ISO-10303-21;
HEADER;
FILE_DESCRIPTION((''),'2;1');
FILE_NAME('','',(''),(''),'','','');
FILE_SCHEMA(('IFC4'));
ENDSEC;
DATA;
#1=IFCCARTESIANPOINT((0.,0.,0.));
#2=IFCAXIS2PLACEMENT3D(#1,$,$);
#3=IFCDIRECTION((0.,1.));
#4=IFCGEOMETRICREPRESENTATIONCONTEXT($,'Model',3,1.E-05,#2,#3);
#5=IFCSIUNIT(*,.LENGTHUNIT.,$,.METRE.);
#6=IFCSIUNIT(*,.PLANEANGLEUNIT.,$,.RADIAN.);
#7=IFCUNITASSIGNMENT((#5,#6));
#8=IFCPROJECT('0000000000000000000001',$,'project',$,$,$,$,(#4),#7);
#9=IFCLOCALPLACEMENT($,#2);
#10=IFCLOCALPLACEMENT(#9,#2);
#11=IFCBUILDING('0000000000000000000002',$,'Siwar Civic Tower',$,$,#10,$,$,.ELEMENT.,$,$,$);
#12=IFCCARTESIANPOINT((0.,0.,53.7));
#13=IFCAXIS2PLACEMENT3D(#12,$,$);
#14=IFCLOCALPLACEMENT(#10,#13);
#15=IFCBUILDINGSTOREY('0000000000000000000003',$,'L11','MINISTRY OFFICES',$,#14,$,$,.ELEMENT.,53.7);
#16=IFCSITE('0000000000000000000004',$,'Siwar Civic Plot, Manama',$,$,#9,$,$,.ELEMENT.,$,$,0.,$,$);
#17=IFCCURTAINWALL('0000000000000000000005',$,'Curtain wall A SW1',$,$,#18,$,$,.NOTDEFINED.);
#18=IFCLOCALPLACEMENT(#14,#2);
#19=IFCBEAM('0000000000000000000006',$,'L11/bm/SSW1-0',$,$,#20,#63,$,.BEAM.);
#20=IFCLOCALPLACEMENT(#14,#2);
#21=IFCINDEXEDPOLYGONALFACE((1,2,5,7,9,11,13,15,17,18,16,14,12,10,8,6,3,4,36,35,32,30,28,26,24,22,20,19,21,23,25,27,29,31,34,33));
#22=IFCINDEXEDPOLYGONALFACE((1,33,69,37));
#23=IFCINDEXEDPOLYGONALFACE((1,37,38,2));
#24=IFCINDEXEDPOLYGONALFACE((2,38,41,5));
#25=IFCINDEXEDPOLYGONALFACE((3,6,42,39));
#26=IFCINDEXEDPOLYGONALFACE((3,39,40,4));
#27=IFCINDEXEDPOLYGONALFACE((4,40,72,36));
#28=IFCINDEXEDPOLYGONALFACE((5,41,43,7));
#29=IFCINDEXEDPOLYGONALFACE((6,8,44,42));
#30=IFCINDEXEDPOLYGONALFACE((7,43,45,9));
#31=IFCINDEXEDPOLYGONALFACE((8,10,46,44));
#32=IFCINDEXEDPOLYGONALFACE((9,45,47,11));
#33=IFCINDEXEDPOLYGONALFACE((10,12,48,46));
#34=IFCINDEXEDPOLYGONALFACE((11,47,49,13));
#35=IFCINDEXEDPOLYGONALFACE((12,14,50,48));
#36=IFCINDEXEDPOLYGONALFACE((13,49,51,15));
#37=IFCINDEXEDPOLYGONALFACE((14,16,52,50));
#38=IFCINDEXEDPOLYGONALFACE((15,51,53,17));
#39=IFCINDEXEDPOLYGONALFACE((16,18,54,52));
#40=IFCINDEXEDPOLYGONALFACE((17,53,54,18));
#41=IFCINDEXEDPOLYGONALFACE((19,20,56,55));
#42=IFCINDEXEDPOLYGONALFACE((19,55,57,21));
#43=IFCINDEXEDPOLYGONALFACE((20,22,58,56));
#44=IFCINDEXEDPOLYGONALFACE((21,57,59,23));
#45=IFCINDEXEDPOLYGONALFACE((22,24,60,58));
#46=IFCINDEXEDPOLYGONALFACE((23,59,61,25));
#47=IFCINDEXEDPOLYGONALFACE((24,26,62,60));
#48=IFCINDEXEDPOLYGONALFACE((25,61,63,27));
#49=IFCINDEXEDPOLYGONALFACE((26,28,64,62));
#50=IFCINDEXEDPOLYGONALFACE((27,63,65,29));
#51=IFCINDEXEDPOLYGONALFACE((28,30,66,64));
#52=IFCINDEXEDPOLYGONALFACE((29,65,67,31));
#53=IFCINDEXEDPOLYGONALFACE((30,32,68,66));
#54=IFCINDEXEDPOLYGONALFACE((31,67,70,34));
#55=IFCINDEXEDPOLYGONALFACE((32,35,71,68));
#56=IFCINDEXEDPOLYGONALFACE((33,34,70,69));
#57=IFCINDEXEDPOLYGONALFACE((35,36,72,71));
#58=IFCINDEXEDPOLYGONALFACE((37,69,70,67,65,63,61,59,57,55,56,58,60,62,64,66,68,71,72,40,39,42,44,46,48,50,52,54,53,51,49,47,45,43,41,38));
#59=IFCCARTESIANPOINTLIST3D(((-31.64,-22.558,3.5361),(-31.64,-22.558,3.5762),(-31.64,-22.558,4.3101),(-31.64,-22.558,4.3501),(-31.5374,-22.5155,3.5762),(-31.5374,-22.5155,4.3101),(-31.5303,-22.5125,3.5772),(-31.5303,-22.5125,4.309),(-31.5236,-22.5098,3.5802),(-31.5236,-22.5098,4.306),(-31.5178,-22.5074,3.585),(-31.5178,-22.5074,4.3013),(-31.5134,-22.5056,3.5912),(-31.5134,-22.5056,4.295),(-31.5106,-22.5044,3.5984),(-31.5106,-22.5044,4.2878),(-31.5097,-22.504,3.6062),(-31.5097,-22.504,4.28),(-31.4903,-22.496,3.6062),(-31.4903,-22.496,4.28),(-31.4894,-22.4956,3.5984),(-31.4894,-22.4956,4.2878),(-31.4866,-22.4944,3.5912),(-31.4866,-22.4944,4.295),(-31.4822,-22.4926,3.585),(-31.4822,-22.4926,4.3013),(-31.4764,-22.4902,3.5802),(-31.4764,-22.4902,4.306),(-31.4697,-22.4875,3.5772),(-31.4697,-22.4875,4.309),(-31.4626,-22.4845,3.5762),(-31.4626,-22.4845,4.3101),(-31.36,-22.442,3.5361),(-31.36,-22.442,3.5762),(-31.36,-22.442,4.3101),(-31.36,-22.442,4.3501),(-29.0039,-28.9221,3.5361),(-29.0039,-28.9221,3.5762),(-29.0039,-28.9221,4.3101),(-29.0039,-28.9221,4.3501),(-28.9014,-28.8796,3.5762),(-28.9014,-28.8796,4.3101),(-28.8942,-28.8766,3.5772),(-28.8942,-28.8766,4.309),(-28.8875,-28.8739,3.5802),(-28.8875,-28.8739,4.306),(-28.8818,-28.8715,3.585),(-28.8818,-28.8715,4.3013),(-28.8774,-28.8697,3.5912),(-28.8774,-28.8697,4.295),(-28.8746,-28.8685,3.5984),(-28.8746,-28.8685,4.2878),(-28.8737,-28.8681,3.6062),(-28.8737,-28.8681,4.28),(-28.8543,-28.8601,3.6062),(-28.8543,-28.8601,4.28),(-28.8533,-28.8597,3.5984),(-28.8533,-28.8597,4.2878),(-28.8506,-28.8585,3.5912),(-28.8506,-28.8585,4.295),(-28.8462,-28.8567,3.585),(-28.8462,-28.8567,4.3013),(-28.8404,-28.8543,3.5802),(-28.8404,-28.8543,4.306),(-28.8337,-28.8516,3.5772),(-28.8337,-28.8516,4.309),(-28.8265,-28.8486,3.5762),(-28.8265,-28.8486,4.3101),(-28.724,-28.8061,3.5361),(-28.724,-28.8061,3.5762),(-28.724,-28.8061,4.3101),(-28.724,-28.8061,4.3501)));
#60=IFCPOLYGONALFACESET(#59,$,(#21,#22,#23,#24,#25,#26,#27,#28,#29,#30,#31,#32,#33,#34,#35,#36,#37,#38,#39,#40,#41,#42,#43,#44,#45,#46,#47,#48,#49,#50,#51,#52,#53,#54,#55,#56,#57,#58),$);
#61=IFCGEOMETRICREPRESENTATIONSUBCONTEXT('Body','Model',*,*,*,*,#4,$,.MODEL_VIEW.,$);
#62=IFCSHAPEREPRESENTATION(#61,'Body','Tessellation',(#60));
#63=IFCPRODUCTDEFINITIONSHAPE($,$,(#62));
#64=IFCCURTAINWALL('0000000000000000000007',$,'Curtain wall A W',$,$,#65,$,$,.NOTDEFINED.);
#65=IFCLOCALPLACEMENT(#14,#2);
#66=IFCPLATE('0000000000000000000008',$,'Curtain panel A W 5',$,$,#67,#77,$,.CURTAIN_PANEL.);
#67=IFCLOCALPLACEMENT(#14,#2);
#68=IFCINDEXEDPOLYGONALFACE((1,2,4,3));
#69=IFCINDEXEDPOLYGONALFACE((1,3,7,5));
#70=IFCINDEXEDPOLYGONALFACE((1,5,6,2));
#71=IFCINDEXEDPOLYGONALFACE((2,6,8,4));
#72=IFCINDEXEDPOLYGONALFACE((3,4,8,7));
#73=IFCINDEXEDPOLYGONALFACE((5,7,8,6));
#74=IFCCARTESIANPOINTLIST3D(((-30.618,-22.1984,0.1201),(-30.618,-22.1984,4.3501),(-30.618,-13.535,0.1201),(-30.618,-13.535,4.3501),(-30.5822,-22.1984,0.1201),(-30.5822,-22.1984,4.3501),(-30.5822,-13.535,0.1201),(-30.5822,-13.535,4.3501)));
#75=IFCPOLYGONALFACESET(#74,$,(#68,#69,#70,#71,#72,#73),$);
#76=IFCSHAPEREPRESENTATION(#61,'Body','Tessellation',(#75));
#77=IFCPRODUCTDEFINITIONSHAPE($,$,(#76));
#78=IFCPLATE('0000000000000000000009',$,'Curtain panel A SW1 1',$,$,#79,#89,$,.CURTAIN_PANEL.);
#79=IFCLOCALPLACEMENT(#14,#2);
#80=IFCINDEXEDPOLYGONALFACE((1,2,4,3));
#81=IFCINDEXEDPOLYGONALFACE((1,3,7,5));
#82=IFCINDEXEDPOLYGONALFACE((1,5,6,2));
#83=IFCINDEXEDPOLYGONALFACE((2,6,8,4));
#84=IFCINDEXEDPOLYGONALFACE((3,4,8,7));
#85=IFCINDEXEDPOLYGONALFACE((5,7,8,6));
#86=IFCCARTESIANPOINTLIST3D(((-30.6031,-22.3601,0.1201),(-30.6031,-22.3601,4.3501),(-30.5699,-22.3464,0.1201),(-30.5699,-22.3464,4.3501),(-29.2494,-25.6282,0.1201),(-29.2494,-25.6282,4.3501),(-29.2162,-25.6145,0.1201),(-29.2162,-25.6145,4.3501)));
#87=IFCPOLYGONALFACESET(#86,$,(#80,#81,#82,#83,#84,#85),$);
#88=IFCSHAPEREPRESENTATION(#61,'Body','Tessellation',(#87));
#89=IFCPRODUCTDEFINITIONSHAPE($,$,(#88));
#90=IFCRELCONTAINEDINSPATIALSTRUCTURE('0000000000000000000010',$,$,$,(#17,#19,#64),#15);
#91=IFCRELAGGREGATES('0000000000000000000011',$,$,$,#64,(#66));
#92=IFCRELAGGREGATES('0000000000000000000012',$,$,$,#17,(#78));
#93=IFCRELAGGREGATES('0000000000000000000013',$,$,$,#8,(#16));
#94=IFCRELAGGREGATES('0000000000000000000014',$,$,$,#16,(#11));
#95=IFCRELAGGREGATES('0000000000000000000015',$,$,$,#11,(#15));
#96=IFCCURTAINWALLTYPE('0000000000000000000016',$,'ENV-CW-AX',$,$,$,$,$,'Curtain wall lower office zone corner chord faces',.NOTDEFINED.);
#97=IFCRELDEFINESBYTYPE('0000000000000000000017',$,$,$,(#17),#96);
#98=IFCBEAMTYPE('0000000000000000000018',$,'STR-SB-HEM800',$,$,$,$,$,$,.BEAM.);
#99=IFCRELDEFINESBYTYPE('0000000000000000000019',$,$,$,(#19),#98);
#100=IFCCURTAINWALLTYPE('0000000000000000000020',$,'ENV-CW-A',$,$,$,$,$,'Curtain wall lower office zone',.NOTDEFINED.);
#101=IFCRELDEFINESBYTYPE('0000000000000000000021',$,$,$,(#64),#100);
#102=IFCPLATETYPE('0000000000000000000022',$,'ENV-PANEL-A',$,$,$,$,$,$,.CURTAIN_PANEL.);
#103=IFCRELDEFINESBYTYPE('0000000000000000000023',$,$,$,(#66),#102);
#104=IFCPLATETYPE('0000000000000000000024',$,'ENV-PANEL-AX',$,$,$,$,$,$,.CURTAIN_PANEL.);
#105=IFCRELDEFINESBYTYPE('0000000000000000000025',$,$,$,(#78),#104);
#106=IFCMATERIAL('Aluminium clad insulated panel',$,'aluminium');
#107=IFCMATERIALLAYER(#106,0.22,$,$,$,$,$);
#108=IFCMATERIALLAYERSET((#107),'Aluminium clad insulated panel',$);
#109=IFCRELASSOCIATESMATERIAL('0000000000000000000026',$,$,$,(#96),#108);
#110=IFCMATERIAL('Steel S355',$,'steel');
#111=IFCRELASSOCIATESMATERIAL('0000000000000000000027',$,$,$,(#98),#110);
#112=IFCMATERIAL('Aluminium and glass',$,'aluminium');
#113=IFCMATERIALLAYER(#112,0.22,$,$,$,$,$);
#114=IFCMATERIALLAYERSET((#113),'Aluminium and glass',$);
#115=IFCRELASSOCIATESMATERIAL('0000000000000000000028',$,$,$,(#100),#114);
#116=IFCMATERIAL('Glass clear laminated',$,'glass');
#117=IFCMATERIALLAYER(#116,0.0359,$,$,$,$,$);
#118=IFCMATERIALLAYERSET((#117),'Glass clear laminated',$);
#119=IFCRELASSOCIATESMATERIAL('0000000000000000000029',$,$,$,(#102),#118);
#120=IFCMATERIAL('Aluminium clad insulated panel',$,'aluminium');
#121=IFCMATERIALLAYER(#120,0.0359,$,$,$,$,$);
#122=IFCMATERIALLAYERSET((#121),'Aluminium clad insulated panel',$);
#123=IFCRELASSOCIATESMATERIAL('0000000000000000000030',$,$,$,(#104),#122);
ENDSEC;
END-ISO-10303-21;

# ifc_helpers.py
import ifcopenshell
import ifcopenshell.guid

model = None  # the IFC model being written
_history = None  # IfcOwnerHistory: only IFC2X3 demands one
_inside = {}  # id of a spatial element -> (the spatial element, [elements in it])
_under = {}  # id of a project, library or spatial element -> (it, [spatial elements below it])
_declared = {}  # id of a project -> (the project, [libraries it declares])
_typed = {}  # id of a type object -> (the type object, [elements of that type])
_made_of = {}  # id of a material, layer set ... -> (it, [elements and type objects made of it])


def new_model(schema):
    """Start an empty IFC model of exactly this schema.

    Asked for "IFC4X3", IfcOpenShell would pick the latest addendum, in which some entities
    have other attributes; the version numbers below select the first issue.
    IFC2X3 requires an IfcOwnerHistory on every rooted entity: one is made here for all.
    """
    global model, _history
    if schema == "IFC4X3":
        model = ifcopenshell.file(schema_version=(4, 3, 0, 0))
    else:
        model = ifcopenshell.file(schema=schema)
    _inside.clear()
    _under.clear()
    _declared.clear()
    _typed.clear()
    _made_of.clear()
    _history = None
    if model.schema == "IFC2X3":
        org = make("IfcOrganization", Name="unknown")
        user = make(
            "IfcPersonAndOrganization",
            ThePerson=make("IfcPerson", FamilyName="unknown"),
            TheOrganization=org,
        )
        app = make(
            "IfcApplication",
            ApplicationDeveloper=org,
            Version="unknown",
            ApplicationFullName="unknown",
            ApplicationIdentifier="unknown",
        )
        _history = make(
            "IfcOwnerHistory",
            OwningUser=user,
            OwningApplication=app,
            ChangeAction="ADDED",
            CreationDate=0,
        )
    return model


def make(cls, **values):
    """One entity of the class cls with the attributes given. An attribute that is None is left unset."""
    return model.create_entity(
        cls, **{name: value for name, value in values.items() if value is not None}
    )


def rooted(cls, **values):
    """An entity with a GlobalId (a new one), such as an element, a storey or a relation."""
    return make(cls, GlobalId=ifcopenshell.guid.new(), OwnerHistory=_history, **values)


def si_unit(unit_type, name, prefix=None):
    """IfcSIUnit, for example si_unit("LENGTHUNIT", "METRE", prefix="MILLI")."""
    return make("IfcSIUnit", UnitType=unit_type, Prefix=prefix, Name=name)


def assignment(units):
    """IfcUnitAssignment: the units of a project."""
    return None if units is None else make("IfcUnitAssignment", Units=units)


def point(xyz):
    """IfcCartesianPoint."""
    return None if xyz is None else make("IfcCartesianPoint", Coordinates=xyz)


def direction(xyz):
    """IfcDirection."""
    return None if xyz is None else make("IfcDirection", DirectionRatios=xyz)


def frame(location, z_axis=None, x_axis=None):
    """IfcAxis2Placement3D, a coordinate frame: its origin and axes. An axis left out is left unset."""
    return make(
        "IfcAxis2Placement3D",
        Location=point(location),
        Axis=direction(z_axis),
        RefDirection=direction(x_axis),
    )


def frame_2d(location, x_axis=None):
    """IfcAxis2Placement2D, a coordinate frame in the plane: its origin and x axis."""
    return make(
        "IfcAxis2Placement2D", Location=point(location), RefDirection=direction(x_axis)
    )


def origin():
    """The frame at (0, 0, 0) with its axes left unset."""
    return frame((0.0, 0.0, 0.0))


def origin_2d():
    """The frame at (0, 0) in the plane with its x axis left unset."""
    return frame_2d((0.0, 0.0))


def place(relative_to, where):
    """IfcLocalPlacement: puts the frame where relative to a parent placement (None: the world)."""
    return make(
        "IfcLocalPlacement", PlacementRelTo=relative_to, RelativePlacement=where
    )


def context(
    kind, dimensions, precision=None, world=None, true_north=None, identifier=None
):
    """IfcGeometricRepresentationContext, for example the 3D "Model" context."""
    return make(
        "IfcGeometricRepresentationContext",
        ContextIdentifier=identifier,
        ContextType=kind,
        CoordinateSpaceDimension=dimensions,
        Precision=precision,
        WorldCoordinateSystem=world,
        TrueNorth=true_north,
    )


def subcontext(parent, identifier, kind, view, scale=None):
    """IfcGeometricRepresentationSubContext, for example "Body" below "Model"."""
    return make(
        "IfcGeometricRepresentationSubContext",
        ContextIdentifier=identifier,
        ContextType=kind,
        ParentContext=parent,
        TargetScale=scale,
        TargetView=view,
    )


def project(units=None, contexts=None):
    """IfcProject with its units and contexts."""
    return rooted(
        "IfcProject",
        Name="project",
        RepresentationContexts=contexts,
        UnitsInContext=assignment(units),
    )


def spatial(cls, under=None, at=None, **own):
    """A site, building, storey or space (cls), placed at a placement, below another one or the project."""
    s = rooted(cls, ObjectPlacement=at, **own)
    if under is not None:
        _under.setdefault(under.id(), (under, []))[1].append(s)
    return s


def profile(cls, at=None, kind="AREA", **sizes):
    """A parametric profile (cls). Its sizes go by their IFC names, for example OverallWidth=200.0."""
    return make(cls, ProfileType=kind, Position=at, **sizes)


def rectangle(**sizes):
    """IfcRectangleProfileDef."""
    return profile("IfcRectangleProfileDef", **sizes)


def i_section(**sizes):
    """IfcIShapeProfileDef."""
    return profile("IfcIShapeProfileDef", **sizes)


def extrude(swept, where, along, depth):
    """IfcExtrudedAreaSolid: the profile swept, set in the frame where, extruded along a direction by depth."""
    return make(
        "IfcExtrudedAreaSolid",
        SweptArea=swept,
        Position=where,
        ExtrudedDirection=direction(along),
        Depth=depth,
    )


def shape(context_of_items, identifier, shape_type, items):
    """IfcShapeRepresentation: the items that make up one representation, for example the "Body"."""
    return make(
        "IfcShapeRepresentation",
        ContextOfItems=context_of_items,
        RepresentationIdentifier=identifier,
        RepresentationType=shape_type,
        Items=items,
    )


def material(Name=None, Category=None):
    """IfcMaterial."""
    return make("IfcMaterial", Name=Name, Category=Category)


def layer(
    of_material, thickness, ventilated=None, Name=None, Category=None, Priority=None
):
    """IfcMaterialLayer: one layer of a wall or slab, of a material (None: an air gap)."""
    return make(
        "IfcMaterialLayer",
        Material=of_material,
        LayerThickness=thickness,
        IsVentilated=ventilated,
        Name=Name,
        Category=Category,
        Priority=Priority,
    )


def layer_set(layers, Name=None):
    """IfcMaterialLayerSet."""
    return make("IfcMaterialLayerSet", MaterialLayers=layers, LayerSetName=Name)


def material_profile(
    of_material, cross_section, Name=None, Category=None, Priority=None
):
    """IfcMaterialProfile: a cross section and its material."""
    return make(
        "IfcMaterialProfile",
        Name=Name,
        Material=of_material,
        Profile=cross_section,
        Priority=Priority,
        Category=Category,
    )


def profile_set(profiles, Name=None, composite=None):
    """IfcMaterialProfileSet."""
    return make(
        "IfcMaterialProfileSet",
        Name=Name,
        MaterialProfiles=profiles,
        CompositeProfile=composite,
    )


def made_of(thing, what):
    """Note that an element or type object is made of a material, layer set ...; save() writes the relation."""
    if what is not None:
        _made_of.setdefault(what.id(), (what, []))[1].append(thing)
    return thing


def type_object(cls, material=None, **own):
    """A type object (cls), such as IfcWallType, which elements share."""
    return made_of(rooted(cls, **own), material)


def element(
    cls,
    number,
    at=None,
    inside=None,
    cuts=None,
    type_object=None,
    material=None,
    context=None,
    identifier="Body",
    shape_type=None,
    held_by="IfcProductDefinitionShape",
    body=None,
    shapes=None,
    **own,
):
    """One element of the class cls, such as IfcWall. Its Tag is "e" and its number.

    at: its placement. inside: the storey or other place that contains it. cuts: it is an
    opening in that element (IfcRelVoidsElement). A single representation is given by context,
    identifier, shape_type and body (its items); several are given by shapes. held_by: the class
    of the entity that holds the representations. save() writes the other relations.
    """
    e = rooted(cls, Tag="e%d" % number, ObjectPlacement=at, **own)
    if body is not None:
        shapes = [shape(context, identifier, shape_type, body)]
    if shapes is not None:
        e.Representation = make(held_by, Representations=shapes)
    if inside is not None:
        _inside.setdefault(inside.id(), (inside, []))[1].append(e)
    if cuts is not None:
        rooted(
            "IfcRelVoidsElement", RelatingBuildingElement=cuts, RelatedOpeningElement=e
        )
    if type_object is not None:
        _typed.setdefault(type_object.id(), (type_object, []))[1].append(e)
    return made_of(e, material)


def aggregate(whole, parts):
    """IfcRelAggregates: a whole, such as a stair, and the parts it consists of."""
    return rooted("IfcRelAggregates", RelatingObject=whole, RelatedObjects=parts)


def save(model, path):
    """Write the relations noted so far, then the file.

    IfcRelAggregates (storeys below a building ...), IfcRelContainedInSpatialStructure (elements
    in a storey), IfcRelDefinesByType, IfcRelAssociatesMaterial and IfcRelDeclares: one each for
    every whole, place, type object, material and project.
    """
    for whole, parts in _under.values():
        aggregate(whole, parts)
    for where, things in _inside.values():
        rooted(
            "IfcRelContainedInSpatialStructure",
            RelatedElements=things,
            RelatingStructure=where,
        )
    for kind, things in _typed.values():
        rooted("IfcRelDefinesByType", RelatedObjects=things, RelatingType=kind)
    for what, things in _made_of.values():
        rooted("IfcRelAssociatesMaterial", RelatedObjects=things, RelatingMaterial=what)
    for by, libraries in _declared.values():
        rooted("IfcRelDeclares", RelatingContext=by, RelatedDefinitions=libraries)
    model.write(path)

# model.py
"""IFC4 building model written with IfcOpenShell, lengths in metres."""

from ifc_helpers import new_model, si_unit, direction, frame, origin, origin_2d, place, context, subcontext, project, spatial, rectangle, i_section, extrude, material, layer, layer_set, material_profile, profile_set, type_object, element, aggregate, save


model = new_model("IFC4")

# Units and contexts
model_context = context("Model", 3, precision=1e-05, world=origin(), true_north=direction((0.0, 1.0)))
body_context = subcontext(model_context, "Body", "Model", "MODEL_VIEW")
ifc_project = project(units=[si_unit("LENGTHUNIT", "METRE"), si_unit("PLANEANGLEUNIT", "RADIAN")], contexts=[model_context])

# Site, building, storey
site_placement = place(None, origin())
site = spatial("IfcSite", under=ifc_project, at=site_placement, Name="Siwar Civic Plot, Manama", CompositionType="ELEMENT", RefElevation=0.0)
building_placement = place(site_placement, origin())
building = spatial("IfcBuilding", under=site, at=building_placement, Name="Siwar Civic Tower", CompositionType="ELEMENT")
storey_placement = place(building_placement, frame((0.0, 0.0, 53.7)))
storey = spatial("IfcBuildingStorey", under=building, at=storey_placement, Name="L11", Description="MINISTRY OFFICES", CompositionType="ELEMENT", Elevation=53.7)

# Curtain wall
ifc_material_1 = material(Name="Aluminium clad insulated panel", Category="aluminium")
ifc_layer_1 = layer(ifc_material_1, 0.22)
ifc_layer_set_1 = layer_set([ifc_layer_1], Name="Aluminium clad insulated panel")
curtain_wall_type_1 = type_object("IfcCurtainWallType", Name="ENV-CW-AX", ElementType="Curtain wall lower office zone corner chord faces", PredefinedType="NOTDEFINED", material=ifc_layer_set_1)
curtain_wall_1_placement = place(storey_placement, origin())
curtain_wall_1 = element("IfcCurtainWall", 1, at=curtain_wall_1_placement, inside=storey, type_object=curtain_wall_type_1, Name="Curtain wall A SW1", PredefinedType="NOTDEFINED")

# Beam
ifc_material_2 = material(Name="Steel S355", Category="steel")
ifc_material_profile_1 = material_profile(ifc_material_2, i_section(OverallWidth=0.303, OverallDepth=0.814, WebThickness=0.021, FlangeThickness=0.04, FilletRadius=0.03, at=origin_2d()), Name="HEM800")
ifc_profile_set_1 = profile_set([ifc_material_profile_1], Name="Steel S355")
beam_type_1 = type_object("IfcBeamType", Name="STR-SB-HEM800", PredefinedType="BEAM", material=ifc_profile_set_1)
beam_1_placement = place(storey_placement, frame((-31.5, -22.5, 3.9431), z_axis=(0.382674, -0.923883, 0.0), x_axis=(0.923883, 0.382674, 0.0)))
element("IfcBeam", 2, at=beam_1_placement, inside=storey, type_object=beam_type_1, Name="L11/bm/SSW1-0", PredefinedType="BEAM", context=body_context, shape_type="SweptSolid", body=[
    extrude(i_section(OverallWidth=0.303, OverallDepth=0.814, WebThickness=0.021, FlangeThickness=0.04, FilletRadius=0.03, at=origin_2d()), origin(), (0.0, 0.0, 1.0), 6.8884),
])

# Curtain wall, plate
ifc_material_3 = material(Name="Aluminium and glass", Category="aluminium")
ifc_layer_2 = layer(ifc_material_3, 0.22)
ifc_layer_set_2 = layer_set([ifc_layer_2], Name="Aluminium and glass")
curtain_wall_type_2 = type_object("IfcCurtainWallType", Name="ENV-CW-A", ElementType="Curtain wall lower office zone", PredefinedType="NOTDEFINED", material=ifc_layer_set_2)
curtain_wall_2_placement = place(storey_placement, origin())
curtain_wall_2 = element("IfcCurtainWall", 3, at=curtain_wall_2_placement, inside=storey, type_object=curtain_wall_type_2, Name="Curtain wall A W", PredefinedType="NOTDEFINED")
ifc_material_4 = material(Name="Glass clear laminated", Category="glass")
ifc_layer_3 = layer(ifc_material_4, 0.0359)
ifc_layer_set_3 = layer_set([ifc_layer_3], Name="Glass clear laminated")
plate_type_1 = type_object("IfcPlateType", Name="ENV-PANEL-A", PredefinedType="CURTAIN_PANEL", material=ifc_layer_set_3)
plate_1_placement = place(storey_placement, frame((-30.6001, -17.8667, 0.1201), z_axis=(0.0, 0.0, 1.0), x_axis=(0.0, -1.0, 0.0)))
plate_1 = element("IfcPlate", 4, at=plate_1_placement, type_object=plate_type_1, Name="Curtain panel A W 5", PredefinedType="CURTAIN_PANEL", context=body_context, shape_type="SweptSolid", body=[
    extrude(rectangle(XDim=8.6633, YDim=0.0359, at=origin_2d()), origin(), (0.0, 0.0, 1.0), 4.23),
])
aggregate(curtain_wall_2, [plate_1])

# Plate
ifc_material_5 = material(Name="Aluminium clad insulated panel", Category="aluminium")
ifc_layer_4 = layer(ifc_material_5, 0.0359)
ifc_layer_set_4 = layer_set([ifc_layer_4], Name="Aluminium clad insulated panel")
plate_type_2 = type_object("IfcPlateType", Name="ENV-PANEL-AX", PredefinedType="CURTAIN_PANEL", material=ifc_layer_set_4)
plate_2_placement = place(storey_placement, frame((-29.9097, -23.9873, 0.1201), z_axis=(0.0, 0.0, 1.0), x_axis=(0.382683, -0.92388, 0.0)))
plate_2 = element("IfcPlate", 5, at=plate_2_placement, type_object=plate_type_2, Name="Curtain panel A SW1 1", PredefinedType="CURTAIN_PANEL", context=body_context, shape_type="SweptSolid", body=[
    extrude(rectangle(XDim=3.5374, YDim=0.0359, at=origin_2d()), origin(), (0.0, 0.0, 1.0), 4.23),
])
aggregate(curtain_wall_1, [plate_2])

save(model, "model.ifc")
